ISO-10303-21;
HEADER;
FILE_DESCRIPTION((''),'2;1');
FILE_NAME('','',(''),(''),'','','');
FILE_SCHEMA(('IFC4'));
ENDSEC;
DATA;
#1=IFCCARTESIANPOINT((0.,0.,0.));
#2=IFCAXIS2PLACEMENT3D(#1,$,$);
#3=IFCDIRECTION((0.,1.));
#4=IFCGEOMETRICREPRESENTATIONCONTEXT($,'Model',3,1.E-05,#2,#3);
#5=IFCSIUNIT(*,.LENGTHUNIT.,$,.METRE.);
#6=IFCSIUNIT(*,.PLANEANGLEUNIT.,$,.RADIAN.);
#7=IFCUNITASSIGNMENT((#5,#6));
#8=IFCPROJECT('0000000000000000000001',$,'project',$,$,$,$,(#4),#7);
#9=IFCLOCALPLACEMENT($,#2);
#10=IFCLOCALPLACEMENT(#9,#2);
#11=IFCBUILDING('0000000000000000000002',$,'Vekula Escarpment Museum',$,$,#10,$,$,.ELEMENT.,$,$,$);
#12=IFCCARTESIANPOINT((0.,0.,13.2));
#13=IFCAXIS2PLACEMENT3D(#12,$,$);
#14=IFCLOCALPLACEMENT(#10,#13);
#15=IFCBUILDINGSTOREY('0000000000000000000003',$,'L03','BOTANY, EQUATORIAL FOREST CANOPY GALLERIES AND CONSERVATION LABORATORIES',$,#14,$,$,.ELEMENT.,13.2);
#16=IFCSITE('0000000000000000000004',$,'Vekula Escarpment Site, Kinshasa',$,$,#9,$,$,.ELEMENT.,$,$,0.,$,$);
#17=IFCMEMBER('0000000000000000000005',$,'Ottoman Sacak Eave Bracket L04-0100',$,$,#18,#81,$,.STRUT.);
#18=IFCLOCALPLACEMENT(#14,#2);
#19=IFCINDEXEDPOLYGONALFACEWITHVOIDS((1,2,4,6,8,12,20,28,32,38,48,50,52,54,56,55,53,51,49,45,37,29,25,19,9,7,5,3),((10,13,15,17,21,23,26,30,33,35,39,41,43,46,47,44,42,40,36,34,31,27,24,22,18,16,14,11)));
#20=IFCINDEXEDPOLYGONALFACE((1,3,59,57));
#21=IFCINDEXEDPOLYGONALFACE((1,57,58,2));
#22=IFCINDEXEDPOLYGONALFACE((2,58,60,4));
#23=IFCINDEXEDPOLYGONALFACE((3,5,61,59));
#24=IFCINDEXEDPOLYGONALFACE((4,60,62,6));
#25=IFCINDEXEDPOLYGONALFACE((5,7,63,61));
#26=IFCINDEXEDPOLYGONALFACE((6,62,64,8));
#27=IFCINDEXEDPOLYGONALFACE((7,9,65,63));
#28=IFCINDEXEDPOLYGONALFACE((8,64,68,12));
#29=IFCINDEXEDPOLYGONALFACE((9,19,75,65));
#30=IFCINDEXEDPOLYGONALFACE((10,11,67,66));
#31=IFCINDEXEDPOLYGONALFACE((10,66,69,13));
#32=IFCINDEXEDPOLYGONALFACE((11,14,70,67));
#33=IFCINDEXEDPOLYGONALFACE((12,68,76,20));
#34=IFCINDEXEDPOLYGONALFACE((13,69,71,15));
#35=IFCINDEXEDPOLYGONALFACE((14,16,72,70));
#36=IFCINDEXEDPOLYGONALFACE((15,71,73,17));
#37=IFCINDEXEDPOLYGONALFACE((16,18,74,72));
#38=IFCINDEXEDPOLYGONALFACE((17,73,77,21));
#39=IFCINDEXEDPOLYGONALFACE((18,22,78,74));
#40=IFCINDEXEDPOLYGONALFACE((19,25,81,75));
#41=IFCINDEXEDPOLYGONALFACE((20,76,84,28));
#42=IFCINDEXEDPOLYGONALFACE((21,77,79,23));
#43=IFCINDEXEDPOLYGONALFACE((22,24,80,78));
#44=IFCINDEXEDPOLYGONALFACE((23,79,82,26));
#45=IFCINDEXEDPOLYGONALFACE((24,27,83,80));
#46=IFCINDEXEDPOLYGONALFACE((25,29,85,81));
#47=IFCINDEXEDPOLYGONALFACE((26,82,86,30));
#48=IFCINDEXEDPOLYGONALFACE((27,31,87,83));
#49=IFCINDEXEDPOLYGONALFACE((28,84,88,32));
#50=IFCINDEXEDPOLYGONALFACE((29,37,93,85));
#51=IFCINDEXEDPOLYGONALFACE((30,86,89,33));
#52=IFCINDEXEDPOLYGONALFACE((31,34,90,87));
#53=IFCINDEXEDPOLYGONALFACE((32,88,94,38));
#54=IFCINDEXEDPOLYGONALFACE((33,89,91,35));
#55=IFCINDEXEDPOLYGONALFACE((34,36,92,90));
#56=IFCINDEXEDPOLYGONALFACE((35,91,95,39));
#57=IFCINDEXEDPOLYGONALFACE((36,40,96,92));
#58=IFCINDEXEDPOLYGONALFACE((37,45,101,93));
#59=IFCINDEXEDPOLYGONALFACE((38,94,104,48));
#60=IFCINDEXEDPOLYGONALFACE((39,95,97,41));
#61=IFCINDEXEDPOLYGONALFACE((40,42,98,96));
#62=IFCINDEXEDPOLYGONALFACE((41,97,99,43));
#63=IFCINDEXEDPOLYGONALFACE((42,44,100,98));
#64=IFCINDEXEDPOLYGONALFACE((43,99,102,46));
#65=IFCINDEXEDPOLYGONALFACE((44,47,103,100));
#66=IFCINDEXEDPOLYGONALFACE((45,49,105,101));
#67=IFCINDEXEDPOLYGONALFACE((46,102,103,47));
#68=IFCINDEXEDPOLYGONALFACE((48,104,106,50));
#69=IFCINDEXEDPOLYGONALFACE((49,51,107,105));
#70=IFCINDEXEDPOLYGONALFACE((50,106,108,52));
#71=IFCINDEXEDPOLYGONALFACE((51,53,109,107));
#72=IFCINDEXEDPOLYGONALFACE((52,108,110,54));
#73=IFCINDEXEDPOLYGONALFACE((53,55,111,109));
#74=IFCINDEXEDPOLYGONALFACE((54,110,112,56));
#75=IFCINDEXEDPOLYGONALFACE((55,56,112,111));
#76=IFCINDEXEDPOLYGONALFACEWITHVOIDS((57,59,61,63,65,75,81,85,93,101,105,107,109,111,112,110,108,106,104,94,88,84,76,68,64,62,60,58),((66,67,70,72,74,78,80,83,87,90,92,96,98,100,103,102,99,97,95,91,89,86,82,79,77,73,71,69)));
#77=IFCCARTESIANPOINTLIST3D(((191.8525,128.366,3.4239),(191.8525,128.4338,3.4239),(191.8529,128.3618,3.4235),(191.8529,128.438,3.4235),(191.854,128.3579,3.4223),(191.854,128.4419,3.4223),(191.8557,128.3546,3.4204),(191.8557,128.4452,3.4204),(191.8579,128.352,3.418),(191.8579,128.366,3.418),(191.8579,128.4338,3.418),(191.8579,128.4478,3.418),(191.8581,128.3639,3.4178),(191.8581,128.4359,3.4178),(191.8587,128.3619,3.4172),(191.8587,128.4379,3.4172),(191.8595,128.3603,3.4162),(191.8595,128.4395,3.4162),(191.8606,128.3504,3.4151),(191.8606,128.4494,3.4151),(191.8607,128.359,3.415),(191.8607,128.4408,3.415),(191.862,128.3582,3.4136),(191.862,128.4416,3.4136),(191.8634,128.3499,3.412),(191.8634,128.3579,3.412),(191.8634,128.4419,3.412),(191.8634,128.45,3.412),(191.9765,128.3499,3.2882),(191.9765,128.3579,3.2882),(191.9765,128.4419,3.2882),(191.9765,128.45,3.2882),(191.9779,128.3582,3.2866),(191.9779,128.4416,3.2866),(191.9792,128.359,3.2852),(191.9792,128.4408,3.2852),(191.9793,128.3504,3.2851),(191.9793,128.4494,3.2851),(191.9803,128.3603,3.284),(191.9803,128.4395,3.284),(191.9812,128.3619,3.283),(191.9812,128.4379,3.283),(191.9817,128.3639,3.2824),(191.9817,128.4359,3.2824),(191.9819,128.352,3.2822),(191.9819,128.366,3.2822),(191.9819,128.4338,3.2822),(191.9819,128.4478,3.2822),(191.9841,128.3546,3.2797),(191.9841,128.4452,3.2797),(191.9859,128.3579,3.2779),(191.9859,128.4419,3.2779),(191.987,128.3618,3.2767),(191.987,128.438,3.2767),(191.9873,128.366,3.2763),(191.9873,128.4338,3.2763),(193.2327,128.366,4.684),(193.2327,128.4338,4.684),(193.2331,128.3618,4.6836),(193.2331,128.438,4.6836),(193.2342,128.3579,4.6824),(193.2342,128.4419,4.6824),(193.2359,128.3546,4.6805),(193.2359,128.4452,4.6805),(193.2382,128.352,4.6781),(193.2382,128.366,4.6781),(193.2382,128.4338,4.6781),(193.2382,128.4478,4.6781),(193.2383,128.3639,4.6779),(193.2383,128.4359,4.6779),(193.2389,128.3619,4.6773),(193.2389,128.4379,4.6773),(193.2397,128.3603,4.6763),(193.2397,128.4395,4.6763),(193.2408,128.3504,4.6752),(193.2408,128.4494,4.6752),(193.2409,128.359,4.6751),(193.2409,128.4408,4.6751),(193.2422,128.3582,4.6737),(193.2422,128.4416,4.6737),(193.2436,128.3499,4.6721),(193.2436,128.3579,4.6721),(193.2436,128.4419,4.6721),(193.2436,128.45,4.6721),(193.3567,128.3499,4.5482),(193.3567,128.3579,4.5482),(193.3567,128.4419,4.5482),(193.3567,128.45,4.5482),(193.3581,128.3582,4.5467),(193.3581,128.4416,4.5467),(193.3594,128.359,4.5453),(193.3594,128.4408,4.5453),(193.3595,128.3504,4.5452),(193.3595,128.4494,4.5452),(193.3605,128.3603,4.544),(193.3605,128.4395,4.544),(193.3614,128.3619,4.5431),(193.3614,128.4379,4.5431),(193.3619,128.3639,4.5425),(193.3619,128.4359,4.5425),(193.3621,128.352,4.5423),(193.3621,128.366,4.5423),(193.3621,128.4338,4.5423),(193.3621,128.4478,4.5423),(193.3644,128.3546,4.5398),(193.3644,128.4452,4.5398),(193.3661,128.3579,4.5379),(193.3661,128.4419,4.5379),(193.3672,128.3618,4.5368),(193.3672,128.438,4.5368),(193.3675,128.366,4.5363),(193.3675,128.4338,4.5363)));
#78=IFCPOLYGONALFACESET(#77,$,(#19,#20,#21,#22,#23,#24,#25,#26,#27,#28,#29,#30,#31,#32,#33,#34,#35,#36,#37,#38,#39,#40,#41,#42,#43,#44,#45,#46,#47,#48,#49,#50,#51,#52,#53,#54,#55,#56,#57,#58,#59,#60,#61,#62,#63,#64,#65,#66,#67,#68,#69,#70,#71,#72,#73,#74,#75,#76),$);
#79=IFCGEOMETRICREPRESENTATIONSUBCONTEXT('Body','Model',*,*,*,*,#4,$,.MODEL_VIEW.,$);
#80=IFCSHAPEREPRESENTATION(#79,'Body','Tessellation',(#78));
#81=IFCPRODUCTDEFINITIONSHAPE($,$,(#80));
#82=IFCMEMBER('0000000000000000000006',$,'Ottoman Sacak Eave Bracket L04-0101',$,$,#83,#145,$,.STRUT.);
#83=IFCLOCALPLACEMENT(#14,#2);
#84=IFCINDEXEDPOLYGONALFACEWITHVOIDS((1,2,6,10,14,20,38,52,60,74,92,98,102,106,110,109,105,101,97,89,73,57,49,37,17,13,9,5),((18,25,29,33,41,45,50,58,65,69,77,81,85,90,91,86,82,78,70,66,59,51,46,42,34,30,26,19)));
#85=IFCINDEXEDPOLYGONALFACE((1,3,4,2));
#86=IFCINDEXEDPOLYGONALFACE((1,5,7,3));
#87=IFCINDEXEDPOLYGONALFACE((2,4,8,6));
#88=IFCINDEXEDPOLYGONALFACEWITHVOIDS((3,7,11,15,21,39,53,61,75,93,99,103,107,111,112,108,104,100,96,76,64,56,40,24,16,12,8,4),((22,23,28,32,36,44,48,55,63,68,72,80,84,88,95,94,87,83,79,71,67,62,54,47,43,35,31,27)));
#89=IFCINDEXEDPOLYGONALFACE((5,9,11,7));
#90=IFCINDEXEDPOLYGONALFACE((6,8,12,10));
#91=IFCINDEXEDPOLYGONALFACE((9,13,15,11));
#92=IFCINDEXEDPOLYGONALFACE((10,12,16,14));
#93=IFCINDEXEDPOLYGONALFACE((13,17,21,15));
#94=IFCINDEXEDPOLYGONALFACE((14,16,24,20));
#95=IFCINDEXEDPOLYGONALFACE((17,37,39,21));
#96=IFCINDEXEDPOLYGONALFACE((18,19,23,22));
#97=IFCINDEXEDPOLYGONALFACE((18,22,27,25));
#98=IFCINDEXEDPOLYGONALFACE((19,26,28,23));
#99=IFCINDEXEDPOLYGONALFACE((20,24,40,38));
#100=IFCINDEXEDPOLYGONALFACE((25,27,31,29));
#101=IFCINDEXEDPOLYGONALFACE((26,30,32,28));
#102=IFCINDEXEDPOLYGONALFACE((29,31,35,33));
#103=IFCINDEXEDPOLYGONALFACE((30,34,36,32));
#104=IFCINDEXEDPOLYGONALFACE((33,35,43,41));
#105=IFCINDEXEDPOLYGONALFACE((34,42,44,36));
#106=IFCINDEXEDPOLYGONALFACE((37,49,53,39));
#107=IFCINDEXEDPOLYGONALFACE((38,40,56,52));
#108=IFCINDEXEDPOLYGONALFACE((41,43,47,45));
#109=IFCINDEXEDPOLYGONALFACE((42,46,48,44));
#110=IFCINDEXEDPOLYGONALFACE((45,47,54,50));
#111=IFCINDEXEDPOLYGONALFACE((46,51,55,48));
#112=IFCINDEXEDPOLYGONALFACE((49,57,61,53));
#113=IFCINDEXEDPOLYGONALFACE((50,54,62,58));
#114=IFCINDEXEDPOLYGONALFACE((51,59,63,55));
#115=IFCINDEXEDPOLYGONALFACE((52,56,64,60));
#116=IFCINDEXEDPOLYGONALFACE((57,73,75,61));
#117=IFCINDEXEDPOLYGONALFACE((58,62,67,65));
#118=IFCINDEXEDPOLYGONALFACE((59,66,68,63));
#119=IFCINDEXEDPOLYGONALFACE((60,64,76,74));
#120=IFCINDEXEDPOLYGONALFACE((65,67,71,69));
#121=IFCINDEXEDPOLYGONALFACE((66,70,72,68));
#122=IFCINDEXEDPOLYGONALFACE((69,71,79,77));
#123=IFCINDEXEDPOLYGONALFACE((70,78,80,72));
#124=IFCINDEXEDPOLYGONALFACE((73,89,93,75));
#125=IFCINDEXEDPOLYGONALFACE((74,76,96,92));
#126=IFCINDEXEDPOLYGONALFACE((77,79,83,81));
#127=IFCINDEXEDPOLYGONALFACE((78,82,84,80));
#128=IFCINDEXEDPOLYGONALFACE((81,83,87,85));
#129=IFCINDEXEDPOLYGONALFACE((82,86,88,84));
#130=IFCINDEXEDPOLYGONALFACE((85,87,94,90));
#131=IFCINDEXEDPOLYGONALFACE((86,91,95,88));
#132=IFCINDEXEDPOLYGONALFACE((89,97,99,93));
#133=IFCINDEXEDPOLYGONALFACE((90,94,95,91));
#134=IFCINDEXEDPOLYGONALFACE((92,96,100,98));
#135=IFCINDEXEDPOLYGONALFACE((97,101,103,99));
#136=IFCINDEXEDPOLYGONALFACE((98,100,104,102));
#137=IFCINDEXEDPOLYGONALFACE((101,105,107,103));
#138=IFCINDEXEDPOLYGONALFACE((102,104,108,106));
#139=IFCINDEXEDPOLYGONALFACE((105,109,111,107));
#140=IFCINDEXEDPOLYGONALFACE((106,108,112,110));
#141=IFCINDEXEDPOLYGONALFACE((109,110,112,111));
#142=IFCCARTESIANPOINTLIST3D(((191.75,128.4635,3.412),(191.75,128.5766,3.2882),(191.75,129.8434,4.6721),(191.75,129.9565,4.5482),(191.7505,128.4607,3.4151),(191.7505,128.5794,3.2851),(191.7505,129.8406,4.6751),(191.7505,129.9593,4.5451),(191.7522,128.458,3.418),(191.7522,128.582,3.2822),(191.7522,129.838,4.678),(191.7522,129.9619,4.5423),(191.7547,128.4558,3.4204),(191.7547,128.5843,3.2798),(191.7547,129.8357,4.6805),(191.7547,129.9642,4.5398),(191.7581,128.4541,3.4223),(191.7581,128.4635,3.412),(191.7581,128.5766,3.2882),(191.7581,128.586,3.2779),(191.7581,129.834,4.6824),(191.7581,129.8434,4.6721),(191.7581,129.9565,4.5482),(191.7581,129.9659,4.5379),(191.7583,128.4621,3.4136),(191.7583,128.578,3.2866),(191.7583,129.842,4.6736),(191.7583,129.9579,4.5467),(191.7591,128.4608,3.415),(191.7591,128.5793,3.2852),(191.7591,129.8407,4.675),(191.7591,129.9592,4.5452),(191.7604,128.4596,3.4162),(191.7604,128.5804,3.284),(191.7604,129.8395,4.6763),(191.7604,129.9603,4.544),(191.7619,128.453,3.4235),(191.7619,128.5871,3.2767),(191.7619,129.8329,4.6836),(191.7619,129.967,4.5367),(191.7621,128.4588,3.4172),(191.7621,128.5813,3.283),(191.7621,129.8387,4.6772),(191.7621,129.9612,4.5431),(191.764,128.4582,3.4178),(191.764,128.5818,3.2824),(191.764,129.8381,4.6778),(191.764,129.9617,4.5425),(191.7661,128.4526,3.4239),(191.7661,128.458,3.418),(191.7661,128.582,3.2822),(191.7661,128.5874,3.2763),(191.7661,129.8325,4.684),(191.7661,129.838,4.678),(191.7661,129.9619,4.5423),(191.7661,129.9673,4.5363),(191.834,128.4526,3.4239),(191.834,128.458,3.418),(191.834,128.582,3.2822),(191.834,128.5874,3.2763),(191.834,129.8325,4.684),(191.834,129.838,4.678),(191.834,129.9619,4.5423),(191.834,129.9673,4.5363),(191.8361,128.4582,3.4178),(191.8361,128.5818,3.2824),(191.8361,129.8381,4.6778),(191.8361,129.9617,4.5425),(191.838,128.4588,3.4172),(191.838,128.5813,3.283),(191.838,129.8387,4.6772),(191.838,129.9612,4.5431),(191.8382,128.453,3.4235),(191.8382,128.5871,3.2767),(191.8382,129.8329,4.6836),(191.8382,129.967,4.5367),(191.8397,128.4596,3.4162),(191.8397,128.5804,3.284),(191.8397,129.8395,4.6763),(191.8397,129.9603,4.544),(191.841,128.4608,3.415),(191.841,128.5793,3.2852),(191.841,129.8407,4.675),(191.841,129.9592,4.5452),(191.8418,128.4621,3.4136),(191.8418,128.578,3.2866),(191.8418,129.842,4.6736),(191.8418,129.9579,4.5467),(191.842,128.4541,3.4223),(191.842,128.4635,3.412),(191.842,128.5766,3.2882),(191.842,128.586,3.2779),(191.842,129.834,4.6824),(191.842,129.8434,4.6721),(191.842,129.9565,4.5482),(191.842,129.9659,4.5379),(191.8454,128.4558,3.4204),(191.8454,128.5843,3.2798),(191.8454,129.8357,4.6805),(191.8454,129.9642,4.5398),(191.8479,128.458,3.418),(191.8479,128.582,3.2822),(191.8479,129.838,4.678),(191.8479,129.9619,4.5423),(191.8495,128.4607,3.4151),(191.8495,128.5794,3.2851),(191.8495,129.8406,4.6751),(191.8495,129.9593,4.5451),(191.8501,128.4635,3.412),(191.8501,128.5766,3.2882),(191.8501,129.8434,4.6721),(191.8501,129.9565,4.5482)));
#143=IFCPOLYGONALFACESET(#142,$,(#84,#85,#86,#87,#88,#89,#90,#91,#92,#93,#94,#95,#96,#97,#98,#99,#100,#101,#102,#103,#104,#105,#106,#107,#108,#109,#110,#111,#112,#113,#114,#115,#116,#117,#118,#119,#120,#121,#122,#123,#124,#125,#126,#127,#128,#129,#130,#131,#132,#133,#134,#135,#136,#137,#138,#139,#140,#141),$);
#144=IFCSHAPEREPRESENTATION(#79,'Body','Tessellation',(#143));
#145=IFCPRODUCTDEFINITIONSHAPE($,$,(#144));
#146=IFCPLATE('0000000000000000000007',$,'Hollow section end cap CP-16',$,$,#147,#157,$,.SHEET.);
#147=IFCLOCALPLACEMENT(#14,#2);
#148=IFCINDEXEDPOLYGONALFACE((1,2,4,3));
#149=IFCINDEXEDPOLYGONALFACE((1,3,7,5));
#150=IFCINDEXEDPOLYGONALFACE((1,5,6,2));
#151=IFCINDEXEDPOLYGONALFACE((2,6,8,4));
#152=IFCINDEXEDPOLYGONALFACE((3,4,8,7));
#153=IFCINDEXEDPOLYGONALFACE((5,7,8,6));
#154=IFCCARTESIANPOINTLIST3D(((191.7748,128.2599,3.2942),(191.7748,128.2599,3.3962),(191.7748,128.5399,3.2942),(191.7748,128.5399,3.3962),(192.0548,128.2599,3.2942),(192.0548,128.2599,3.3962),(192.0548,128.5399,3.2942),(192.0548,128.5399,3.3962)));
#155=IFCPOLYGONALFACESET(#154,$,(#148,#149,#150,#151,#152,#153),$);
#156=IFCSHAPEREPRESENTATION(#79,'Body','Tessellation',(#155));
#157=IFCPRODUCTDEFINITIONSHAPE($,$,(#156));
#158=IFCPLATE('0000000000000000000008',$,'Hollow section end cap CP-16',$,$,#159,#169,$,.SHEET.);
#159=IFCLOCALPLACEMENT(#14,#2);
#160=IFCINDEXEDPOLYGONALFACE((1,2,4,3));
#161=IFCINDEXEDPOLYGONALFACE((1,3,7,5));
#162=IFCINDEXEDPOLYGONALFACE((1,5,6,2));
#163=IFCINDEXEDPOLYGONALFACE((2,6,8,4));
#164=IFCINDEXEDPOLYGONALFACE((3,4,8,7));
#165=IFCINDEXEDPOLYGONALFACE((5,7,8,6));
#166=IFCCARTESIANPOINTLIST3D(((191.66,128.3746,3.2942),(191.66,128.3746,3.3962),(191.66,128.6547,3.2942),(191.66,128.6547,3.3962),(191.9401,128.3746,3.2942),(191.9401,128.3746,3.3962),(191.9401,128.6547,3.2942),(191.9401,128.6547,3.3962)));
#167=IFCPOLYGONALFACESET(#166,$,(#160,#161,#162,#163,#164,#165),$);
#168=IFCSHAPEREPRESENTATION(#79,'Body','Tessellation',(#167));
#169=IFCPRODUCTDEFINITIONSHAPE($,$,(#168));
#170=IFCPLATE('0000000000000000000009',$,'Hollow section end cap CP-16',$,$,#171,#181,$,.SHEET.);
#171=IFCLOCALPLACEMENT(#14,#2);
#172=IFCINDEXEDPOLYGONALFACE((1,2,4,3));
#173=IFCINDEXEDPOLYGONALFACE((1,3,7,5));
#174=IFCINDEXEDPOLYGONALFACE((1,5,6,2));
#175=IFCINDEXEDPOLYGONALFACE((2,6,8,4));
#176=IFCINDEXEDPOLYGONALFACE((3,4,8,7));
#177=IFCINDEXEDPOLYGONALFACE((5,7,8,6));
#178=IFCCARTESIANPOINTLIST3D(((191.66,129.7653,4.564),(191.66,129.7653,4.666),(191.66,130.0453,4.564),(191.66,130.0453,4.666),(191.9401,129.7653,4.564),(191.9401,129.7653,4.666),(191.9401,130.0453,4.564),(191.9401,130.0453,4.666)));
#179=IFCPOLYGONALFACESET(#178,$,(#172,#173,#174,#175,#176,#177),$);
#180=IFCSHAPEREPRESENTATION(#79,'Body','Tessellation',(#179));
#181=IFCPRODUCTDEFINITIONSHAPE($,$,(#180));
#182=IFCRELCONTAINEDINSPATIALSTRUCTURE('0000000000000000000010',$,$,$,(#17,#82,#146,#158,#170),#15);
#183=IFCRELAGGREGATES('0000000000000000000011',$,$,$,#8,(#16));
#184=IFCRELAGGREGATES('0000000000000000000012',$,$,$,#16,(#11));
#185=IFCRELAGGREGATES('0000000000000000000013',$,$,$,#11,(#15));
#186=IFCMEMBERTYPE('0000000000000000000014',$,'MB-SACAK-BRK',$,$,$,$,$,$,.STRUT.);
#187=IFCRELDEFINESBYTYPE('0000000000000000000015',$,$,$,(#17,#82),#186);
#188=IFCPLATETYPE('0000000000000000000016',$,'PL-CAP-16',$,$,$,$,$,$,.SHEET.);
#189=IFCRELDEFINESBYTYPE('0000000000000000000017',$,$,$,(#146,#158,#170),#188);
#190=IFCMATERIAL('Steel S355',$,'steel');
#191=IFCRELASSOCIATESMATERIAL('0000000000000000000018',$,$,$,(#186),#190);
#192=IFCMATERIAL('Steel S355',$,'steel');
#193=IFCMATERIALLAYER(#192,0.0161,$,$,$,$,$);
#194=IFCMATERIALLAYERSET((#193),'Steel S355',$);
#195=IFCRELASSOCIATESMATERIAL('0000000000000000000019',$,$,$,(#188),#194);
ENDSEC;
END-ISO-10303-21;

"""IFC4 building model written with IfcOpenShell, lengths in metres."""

from ifc_helpers import new_model, si_unit, direction, frame, origin, origin_2d, place, context, subcontext, project, spatial, rectangle, hollow_rectangle, extrude, material, layer, layer_set, material_profile, profile_set, type_object, element, save


model = new_model("IFC4")

# Units and contexts
model_context = context("Model", 3, precision=1e-05, world=origin(), true_north=direction((0.0, 1.0)))
body_context = subcontext(model_context, "Body", "Model", "MODEL_VIEW")
ifc_project = project(units=[si_unit("LENGTHUNIT", "METRE"), si_unit("PLANEANGLEUNIT", "RADIAN")], contexts=[model_context])

# Site, building, storey
site_placement = place(None, origin())
site = spatial("IfcSite", under=ifc_project, at=site_placement, Name="Vekula Escarpment Site, Kinshasa", CompositionType="ELEMENT", RefElevation=0.0)
building_placement = place(site_placement, origin())
building = spatial("IfcBuilding", under=site, at=building_placement, Name="Vekula Escarpment Museum", CompositionType="ELEMENT")
storey_placement = place(building_placement, frame((0.0, 0.0, 13.2)))
storey = spatial("IfcBuildingStorey", under=building, at=storey_placement, Name="L03", Description="BOTANY, EQUATORIAL FOREST CANOPY GALLERIES AND CONSERVATION LABORATORIES", CompositionType="ELEMENT", Elevation=13.2)

# Members
ifc_material_1 = material(Name="Steel S355", Category="steel")
ifc_material_profile_1 = material_profile(ifc_material_1, hollow_rectangle(XDim=0.1001, YDim=0.2, WallThickness=0.0081, InnerFilletRadius=0.0081, OuterFilletRadius=0.0161, at=origin_2d()), Name="RHS 200x100x8")
ifc_profile_set_1 = profile_set([ifc_material_profile_1], Name="Steel S355")
member_type = type_object("IfcMemberType", Name="MB-SACAK-BRK", PredefinedType="STRUT", material=ifc_profile_set_1)
member_1_placement = place(storey_placement, frame((191.9199, 128.3999, 3.3501), z_axis=(0.738514, 0.0, 0.674238), x_axis=(0.0, 1.0, 0.0)))
element("IfcMember", 1, at=member_1_placement, inside=storey, type_object=member_type, Name="Ottoman Sacak Eave Bracket L04-0100", PredefinedType="STRUT", context=body_context, shape_type="SweptSolid", body=[
    extrude(hollow_rectangle(XDim=0.1001, YDim=0.2, WallThickness=0.0081, InnerFilletRadius=0.0081, OuterFilletRadius=0.0161, at=origin_2d()), origin(), (0.0, 0.0, 1.0), 1.8689),
])
member_2_placement = place(storey_placement, frame((191.8, 128.52, 3.3501), z_axis=(0.0, 0.738454, 0.674303), x_axis=(-1.0, 0.0, 0.0)))
element("IfcMember", 2, at=member_2_placement, inside=storey, type_object=member_type, Name="Ottoman Sacak Eave Bracket L04-0101", PredefinedType="STRUT", context=body_context, shape_type="SweptSolid", body=[
    extrude(hollow_rectangle(XDim=0.1001, YDim=0.2, WallThickness=0.0081, InnerFilletRadius=0.0081, OuterFilletRadius=0.0161, at=origin_2d()), origin(), (0.0, 0.0, 1.0), 1.8687),
])

# Plates
ifc_material_2 = material(Name="Steel S355", Category="steel")
ifc_layer_1 = layer(ifc_material_2, 0.0161)
ifc_layer_set_1 = layer_set([ifc_layer_1], Name="Steel S355")
plate_type = type_object("IfcPlateType", Name="PL-CAP-16", PredefinedType="SHEET", material=ifc_layer_set_1)
for number, where, z_axis, x_axis, name in (
    (3, (191.9148, 128.3999, 3.2942), (0.0, 0.0, 1.0), (1.0, 0.0, 0.0), "Hollow section end cap CP-16"),
    (4, (191.8, 128.5146, 3.2942), (0.0, 0.0, 1.0), (1.0, 0.0, 0.0), "Hollow section end cap CP-16"),
    (5, (191.8, 129.9053, 4.564), (0.0, 0.0, 1.0), (1.0, 0.0, 0.0), "Hollow section end cap CP-16"),
):
    element("IfcPlate", number, at=place(storey_placement, frame(where, z_axis=z_axis, x_axis=x_axis)), inside=storey, type_object=plate_type, Name=name, PredefinedType="SHEET", context=body_context, shape_type="SweptSolid", body=[
        extrude(rectangle(XDim=0.28, YDim=0.28, at=origin_2d()), origin(), (0.0, 0.0, 1.0), 0.1021),
    ])

save(model, "model.ifc")
